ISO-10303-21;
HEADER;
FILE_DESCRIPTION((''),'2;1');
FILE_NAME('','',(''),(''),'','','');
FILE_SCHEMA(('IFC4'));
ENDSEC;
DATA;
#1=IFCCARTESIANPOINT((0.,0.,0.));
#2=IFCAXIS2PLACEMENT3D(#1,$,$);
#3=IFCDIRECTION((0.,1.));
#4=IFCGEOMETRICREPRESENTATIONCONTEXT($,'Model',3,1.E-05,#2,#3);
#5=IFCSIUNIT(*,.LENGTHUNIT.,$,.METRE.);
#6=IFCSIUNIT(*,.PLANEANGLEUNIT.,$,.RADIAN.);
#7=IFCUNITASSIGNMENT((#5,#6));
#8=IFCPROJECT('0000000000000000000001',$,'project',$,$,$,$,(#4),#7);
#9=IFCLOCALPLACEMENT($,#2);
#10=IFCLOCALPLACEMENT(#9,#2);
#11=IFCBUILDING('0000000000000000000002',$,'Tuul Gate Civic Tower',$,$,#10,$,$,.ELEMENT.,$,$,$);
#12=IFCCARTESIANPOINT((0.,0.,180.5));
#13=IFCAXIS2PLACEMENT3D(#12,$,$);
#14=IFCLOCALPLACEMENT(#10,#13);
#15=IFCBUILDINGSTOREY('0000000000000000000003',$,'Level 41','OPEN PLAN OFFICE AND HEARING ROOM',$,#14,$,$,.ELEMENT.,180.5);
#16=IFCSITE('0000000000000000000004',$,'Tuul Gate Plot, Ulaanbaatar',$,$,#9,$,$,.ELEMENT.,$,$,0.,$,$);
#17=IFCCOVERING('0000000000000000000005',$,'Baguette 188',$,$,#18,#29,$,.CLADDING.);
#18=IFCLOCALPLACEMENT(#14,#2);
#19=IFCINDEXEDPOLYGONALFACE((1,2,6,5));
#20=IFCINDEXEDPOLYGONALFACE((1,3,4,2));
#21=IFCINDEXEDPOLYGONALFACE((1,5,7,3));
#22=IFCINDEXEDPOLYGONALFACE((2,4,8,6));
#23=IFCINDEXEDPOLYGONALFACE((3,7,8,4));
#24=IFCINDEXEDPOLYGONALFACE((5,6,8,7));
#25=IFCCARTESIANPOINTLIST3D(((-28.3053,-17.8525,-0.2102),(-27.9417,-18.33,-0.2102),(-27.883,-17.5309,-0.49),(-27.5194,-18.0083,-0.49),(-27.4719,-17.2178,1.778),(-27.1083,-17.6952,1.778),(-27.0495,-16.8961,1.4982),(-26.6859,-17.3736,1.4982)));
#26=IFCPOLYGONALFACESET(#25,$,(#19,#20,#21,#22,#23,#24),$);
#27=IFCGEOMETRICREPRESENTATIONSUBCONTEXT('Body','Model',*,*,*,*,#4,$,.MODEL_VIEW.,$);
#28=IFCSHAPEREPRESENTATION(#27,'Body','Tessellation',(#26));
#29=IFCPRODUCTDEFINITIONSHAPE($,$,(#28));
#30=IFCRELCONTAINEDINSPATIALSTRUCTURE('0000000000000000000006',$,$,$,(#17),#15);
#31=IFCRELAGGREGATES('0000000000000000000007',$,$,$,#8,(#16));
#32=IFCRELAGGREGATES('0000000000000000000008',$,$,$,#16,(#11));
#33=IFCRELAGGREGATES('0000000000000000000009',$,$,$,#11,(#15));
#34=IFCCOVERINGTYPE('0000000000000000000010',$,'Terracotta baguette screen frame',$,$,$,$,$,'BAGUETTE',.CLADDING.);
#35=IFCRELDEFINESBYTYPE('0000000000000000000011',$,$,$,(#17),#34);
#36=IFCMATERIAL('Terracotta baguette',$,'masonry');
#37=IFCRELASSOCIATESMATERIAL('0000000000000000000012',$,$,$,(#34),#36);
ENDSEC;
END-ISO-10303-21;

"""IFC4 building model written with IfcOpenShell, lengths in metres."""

from ifc_helpers import new_model, si_unit, direction, frame, origin, origin_2d, place, context, subcontext, project, spatial, rectangle, extrude, material, material_profile, profile_set, type_object, element, save


model = new_model("IFC4")

# Units and contexts
model_context = context("Model", 3, precision=1e-05, world=origin(), true_north=direction((0.0, 1.0)))
body_context = subcontext(model_context, "Body", "Model", "MODEL_VIEW")
ifc_project = project(units=[si_unit("LENGTHUNIT", "METRE"), si_unit("PLANEANGLEUNIT", "RADIAN")], contexts=[model_context])

# Site, building, storey
site_placement = place(None, origin())
site = spatial("IfcSite", under=ifc_project, at=site_placement, Name="Tuul Gate Plot, Ulaanbaatar", CompositionType="ELEMENT", RefElevation=0.0)
building_placement = place(site_placement, origin())
building = spatial("IfcBuilding", under=site, at=building_placement, Name="Tuul Gate Civic Tower", CompositionType="ELEMENT")
storey_placement = place(building_placement, frame((0.0, 0.0, 180.5)))
storey = spatial("IfcBuildingStorey", under=building, at=storey_placement, Name="Level 41", Description="OPEN PLAN OFFICE AND HEARING ROOM", CompositionType="ELEMENT", Elevation=180.5)

# Covering
ifc_material_1 = material(Name="Terracotta baguette", Category="masonry")
ifc_material_profile_1 = material_profile(ifc_material_1, rectangle(XDim=0.6001, YDim=0.6001, at=origin_2d()), Name="Terracotta baguette screen frame")
ifc_profile_set_1 = profile_set([ifc_material_profile_1], Name="Terracotta baguette")
covering_type = type_object("IfcCoveringType", Name="Terracotta baguette screen frame", ElementType="BAGUETTE", PredefinedType="CLADDING", material=ifc_profile_set_1)
covering_placement = place(storey_placement, frame((-27.9124, -17.9304, -0.3501), z_axis=(0.370868, 0.282442, 0.884694), x_axis=(-0.605875, 0.79556, 0.0)))
element("IfcCovering", 1, at=covering_placement, inside=storey, type_object=covering_type, Name="Baguette 188", PredefinedType="CLADDING", context=body_context, shape_type="SweptSolid", body=[
    extrude(rectangle(XDim=0.6001, YDim=0.6001, at=origin_2d()), origin(), (0.0, 0.0, 1.0), 2.2473),
])

save(model, "model.ifc")
